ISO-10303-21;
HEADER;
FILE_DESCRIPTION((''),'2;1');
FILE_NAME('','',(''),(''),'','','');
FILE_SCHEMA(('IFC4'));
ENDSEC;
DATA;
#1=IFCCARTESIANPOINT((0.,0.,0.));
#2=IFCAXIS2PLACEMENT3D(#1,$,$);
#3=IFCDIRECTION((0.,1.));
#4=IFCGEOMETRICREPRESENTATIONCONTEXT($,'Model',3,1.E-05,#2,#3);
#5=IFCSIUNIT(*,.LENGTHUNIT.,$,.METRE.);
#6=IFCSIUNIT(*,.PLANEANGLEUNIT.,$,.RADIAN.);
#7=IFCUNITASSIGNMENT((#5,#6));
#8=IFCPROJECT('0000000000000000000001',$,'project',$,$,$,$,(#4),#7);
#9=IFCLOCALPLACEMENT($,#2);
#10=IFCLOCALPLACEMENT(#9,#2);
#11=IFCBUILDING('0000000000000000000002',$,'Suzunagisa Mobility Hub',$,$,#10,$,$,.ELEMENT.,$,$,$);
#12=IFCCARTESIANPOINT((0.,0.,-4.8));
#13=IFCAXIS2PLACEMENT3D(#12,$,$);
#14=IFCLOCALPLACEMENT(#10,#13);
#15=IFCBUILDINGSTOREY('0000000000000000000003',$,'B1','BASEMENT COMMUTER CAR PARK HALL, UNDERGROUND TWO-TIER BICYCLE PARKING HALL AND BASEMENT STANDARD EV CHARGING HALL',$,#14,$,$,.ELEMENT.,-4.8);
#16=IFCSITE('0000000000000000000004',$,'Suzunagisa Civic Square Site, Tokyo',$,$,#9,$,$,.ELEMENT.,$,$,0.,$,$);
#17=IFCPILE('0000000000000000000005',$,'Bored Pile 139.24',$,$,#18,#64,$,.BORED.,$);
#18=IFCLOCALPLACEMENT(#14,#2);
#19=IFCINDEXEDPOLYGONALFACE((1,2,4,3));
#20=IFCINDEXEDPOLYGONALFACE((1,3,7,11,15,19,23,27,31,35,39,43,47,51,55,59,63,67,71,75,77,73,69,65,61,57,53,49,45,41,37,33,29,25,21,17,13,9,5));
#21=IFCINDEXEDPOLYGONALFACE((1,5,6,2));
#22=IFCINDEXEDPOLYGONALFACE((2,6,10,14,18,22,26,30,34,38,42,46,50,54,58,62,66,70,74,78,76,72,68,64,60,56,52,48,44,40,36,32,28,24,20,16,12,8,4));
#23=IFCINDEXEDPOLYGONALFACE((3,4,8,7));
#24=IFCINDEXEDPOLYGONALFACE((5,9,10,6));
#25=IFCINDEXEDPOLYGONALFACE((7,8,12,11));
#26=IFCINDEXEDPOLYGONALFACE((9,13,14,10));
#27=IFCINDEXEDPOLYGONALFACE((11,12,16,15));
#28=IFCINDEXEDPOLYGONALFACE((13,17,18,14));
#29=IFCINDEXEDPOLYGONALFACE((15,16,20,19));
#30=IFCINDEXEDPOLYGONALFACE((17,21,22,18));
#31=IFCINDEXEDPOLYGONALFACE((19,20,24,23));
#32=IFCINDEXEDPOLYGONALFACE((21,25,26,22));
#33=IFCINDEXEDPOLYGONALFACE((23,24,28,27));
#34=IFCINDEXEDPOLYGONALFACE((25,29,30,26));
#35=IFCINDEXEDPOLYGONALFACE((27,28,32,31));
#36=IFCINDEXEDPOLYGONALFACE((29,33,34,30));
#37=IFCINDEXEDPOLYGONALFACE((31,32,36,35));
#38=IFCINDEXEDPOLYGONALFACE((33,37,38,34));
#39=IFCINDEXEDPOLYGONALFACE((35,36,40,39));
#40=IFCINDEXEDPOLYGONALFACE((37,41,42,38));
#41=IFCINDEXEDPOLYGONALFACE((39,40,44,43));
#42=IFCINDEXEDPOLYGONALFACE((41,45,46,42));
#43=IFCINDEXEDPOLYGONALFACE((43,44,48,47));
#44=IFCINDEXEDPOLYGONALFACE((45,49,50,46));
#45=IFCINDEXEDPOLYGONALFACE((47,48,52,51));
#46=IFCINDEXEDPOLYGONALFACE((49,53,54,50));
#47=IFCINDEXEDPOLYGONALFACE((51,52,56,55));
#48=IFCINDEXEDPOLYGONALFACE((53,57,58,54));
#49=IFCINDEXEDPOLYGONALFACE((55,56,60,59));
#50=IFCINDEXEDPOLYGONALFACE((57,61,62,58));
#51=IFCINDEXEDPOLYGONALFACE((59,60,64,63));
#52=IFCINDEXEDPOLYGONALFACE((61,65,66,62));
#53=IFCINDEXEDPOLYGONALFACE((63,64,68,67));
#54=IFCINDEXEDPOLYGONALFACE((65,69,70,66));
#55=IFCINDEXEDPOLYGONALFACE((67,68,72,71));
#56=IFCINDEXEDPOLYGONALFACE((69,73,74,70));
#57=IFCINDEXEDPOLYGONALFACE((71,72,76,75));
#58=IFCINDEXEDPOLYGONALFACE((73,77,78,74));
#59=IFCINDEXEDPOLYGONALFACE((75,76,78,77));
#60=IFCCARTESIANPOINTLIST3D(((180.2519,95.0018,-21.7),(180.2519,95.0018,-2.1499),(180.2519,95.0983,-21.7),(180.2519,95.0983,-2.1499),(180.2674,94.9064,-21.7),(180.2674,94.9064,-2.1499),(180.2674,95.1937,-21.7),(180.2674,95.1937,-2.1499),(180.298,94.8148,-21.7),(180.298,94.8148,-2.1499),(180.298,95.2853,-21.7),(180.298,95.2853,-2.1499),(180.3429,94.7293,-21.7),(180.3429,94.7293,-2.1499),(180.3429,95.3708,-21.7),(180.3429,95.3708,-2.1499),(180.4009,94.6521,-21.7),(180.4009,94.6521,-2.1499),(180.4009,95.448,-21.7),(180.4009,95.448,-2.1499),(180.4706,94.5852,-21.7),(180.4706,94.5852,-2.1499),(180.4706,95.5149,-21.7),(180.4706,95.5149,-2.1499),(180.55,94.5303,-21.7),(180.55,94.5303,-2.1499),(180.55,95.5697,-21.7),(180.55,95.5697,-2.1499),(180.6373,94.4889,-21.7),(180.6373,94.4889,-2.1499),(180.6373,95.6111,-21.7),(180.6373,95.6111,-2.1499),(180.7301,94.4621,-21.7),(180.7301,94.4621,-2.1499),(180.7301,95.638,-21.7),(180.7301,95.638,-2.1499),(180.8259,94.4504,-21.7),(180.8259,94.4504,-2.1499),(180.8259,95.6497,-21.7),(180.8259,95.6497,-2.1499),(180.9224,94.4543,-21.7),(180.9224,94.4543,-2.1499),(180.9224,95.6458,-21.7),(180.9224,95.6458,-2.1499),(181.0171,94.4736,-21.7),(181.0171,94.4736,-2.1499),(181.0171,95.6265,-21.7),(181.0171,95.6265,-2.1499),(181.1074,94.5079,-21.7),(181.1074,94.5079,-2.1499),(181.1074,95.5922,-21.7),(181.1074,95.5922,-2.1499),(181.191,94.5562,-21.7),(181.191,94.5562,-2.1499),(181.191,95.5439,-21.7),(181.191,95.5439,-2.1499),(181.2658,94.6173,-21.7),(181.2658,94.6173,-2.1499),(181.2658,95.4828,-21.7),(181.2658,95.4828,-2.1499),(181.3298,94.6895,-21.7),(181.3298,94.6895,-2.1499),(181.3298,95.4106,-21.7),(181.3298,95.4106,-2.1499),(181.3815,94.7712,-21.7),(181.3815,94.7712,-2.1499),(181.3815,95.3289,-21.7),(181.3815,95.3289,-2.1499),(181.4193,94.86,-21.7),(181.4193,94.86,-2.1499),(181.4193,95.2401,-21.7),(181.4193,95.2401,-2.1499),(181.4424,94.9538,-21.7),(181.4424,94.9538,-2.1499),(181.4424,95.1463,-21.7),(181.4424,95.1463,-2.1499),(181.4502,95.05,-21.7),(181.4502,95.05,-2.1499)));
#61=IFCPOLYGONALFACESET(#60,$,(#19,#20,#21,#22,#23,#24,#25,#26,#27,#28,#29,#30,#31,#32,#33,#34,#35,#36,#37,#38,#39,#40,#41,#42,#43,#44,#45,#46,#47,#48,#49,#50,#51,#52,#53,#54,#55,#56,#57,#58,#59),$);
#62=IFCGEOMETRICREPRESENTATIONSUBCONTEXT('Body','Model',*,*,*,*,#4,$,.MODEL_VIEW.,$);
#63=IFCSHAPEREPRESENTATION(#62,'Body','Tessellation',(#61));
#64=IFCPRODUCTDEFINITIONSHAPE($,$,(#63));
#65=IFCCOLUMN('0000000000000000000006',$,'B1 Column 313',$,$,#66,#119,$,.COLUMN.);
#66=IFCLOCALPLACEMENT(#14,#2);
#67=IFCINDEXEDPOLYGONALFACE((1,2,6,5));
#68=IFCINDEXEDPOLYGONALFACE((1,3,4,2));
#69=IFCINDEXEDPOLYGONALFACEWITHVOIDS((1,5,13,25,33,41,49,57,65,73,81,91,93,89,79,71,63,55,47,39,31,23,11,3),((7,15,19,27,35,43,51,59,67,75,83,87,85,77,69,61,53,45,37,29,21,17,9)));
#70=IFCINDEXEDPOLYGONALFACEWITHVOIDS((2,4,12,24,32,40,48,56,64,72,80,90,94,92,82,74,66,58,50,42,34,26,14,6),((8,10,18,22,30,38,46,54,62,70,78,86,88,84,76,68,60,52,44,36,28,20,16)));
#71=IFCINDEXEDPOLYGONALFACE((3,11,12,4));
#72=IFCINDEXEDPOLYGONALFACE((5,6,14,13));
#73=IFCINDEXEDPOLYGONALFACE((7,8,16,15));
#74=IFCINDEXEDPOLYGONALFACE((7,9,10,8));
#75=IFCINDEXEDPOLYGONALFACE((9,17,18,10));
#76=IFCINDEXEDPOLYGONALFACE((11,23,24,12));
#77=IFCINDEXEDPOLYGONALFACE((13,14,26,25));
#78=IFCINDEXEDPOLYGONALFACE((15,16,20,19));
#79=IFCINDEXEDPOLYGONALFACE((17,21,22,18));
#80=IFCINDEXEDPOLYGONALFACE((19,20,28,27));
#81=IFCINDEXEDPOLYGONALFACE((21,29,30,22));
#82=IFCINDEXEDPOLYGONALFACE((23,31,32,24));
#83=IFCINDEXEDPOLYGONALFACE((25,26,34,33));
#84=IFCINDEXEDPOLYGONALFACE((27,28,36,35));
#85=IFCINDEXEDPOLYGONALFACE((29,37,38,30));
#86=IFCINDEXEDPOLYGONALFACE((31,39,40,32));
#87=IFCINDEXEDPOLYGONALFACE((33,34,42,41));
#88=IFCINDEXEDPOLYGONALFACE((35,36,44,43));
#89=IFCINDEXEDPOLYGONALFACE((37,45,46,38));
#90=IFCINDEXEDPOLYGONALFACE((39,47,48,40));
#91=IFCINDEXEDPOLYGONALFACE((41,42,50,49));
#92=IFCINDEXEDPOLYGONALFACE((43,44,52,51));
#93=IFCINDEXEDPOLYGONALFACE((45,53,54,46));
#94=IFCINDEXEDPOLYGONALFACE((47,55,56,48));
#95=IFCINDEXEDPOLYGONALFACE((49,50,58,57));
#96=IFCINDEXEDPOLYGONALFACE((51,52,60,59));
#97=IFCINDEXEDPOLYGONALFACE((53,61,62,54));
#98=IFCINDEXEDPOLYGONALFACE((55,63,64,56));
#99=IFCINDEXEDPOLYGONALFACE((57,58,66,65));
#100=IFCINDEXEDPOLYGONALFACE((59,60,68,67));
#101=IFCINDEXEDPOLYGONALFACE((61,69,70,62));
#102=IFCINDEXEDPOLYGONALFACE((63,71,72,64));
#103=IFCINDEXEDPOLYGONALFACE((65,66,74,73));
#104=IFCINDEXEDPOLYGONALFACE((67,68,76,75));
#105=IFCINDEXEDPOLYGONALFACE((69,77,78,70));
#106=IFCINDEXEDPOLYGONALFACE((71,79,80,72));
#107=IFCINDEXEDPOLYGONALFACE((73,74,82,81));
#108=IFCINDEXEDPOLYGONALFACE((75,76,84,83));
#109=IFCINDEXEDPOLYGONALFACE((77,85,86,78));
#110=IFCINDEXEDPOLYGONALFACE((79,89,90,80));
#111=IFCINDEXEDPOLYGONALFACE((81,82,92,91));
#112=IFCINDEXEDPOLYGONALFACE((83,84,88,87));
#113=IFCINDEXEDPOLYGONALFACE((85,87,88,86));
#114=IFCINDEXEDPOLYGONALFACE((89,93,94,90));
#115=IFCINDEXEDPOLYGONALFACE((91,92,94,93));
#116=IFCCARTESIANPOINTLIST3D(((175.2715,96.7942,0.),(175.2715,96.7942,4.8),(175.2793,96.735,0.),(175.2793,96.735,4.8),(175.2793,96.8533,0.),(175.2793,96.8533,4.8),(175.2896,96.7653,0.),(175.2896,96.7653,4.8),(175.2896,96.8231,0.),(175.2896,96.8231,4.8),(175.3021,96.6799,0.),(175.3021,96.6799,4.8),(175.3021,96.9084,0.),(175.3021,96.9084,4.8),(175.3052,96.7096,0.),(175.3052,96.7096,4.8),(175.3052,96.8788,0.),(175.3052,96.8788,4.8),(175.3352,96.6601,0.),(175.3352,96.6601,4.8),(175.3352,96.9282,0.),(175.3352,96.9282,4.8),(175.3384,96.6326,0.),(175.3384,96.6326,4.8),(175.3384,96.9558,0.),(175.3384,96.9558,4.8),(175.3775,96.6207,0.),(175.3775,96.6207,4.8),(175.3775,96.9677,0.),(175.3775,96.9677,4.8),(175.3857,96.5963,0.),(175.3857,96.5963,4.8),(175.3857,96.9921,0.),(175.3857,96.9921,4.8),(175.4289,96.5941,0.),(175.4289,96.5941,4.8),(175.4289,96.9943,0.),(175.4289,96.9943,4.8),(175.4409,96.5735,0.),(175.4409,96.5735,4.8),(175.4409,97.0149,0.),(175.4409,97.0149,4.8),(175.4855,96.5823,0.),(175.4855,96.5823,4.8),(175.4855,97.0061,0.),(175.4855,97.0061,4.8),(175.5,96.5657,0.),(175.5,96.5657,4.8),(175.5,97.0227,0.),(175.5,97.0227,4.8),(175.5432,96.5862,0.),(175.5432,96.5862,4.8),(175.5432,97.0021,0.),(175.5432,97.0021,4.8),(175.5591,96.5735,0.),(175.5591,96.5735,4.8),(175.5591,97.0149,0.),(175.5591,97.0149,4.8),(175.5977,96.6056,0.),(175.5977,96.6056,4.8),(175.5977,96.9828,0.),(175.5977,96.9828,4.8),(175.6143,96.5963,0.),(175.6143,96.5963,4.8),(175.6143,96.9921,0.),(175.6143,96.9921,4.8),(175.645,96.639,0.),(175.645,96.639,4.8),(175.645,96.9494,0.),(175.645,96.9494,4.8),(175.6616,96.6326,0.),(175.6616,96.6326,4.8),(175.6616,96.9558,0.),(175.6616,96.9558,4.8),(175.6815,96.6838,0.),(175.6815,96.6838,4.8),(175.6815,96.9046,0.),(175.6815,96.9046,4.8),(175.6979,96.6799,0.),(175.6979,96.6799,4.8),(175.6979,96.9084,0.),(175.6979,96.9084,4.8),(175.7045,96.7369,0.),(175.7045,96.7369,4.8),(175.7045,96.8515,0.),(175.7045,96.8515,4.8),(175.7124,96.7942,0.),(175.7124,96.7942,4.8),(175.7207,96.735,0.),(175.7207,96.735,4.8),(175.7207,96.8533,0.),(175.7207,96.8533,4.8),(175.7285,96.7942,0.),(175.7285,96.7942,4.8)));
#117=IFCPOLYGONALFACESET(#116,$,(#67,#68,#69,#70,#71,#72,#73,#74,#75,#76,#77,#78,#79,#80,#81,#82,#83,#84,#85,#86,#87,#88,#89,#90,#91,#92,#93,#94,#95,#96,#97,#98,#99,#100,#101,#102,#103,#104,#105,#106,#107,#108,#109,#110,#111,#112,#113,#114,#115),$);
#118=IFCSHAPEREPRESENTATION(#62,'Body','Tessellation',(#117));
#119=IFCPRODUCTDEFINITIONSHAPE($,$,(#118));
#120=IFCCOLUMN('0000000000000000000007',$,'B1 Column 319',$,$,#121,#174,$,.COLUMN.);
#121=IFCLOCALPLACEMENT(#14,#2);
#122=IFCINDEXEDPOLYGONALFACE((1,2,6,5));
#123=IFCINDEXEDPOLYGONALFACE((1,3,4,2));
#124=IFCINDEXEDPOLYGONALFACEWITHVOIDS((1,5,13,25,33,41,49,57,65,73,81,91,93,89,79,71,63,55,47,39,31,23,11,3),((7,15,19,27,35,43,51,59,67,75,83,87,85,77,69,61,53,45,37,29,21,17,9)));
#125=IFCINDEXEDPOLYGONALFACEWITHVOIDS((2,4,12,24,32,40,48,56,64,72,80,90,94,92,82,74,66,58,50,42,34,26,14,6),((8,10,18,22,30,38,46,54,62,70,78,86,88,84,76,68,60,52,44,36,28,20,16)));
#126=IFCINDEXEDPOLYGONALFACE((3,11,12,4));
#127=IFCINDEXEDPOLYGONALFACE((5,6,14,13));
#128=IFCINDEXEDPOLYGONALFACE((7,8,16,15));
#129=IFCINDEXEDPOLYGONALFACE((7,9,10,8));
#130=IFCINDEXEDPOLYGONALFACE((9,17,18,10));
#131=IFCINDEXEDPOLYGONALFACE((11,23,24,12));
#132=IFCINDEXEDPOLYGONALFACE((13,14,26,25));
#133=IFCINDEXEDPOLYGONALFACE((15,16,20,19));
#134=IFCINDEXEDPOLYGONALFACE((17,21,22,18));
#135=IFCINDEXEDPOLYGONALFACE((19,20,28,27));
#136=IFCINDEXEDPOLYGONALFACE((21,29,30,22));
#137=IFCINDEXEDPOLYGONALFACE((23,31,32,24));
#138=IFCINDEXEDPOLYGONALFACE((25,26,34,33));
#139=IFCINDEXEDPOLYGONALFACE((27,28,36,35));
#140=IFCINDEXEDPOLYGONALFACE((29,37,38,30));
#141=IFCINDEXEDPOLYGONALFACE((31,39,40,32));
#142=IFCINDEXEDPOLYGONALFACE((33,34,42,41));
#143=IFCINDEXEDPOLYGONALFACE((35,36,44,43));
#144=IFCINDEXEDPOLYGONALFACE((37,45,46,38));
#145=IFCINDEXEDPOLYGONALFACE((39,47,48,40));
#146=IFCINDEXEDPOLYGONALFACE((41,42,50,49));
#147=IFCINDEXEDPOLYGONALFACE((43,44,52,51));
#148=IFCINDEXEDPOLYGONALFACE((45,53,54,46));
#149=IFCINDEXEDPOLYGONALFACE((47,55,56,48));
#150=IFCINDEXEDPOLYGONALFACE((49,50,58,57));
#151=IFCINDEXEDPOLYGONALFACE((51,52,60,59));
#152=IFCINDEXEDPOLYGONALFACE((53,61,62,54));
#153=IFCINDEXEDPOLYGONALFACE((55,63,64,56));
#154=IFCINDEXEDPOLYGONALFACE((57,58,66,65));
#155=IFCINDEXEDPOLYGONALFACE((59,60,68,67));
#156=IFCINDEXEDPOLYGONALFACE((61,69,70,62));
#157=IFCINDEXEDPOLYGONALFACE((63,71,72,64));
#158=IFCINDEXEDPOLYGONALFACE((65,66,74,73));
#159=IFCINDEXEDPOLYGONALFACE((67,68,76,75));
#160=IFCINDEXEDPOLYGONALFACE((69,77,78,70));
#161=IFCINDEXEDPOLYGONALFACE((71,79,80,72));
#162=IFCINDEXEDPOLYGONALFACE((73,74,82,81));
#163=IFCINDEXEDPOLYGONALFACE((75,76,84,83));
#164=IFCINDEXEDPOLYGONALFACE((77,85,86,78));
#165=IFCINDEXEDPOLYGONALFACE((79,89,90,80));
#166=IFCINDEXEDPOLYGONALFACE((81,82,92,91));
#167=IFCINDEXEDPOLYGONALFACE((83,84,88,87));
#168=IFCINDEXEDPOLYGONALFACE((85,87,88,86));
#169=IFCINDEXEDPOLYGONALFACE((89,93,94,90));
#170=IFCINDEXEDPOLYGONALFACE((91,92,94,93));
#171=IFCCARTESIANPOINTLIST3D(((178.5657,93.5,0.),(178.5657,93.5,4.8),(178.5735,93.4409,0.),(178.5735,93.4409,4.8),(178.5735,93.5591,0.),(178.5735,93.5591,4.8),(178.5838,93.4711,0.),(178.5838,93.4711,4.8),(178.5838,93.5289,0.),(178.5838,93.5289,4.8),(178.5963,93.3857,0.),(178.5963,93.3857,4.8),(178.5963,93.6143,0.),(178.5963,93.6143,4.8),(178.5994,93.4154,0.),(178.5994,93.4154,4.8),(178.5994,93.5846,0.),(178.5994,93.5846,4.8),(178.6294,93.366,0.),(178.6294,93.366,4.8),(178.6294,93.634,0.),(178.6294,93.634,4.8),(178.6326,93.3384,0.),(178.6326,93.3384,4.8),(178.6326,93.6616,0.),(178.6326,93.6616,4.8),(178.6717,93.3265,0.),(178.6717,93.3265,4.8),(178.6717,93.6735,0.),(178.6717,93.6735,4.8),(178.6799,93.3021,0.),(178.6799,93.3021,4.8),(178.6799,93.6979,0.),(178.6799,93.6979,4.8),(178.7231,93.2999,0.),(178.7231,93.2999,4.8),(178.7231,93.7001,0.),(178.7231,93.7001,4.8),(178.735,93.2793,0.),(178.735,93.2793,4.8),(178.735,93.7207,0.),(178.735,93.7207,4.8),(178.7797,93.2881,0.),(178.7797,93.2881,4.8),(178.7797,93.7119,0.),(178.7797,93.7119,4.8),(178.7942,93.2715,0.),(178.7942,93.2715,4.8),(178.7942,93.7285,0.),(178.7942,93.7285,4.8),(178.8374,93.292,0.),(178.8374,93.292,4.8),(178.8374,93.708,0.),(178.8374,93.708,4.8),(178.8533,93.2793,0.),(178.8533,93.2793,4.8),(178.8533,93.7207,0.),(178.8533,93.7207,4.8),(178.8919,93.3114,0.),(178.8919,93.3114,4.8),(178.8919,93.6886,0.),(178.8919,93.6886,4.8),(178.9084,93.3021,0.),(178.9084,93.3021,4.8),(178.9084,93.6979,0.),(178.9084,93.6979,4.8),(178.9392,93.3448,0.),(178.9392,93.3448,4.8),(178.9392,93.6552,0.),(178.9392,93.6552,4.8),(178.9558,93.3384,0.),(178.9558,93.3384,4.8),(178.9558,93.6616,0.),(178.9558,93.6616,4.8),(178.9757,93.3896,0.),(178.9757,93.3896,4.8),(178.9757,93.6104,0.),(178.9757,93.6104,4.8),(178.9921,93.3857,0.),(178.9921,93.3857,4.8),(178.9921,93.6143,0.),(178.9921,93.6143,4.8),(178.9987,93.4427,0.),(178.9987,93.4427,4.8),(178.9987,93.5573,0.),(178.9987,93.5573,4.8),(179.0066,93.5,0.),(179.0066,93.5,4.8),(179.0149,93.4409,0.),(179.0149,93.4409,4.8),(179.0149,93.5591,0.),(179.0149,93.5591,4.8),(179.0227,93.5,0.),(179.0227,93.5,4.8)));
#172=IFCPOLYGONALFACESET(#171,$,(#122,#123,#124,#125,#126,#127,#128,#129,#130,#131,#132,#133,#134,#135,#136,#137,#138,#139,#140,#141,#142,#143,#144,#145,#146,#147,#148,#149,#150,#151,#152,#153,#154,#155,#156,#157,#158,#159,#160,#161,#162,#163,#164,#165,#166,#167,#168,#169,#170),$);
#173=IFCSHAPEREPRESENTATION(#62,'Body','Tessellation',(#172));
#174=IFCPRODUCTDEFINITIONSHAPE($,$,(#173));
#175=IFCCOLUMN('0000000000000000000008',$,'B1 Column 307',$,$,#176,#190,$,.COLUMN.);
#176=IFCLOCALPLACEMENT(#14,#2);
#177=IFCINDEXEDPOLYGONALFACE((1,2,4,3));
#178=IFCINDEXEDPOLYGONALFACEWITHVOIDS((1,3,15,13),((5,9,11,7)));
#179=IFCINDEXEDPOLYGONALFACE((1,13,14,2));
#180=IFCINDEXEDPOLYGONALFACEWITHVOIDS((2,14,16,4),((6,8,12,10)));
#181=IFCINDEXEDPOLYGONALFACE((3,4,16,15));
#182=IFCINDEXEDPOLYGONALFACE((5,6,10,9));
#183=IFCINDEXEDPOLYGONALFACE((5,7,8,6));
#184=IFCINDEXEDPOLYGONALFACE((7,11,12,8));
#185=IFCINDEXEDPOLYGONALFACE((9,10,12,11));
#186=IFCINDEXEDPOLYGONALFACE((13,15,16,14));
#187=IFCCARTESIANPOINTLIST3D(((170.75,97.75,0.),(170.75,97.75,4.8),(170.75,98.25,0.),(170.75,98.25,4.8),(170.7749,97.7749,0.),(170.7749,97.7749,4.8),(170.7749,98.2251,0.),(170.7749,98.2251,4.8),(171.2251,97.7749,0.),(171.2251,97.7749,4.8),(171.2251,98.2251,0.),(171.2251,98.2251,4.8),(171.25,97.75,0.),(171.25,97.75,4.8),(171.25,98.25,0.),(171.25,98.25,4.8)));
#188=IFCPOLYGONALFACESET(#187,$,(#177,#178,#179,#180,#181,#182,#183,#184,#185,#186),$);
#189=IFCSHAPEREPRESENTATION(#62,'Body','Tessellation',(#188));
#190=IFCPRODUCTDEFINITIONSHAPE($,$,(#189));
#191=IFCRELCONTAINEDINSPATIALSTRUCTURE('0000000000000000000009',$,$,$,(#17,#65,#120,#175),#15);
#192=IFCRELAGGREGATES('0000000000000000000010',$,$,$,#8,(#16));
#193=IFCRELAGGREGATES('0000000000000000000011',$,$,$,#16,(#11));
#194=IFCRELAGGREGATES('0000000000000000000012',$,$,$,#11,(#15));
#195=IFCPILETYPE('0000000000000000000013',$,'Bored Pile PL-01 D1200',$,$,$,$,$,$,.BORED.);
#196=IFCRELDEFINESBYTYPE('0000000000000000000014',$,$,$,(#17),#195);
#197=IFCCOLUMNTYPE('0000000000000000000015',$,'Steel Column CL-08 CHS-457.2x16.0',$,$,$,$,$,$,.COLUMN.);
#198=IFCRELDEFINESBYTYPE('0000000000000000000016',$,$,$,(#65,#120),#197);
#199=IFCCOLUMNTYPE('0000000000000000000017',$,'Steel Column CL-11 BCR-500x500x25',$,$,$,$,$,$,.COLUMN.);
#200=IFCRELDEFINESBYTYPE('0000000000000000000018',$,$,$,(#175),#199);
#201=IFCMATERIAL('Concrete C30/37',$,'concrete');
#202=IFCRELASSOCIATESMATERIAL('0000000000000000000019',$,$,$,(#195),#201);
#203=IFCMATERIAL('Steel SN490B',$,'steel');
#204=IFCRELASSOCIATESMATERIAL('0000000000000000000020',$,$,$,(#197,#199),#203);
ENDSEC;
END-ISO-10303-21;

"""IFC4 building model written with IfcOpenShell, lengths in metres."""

from ifc_helpers import new_model, si_unit, direction, frame, origin, origin_2d, place, context, subcontext, project, spatial, hollow_rectangle, circle, hollow_circle, extrude, material, material_profile, profile_set, type_object, element, save


model = new_model("IFC4")

# Units and contexts
model_context = context("Model", 3, precision=1e-05, world=origin(), true_north=direction((0.0, 1.0)))
body_context = subcontext(model_context, "Body", "Model", "MODEL_VIEW")
ifc_project = project(units=[si_unit("LENGTHUNIT", "METRE"), si_unit("PLANEANGLEUNIT", "RADIAN")], contexts=[model_context])

# Site, building, storey
site_placement = place(None, origin())
site = spatial("IfcSite", under=ifc_project, at=site_placement, Name="Suzunagisa Civic Square Site, Tokyo", CompositionType="ELEMENT", RefElevation=0.0)
building_placement = place(site_placement, origin())
building = spatial("IfcBuilding", under=site, at=building_placement, Name="Suzunagisa Mobility Hub", CompositionType="ELEMENT")
storey_placement = place(building_placement, frame((0.0, 0.0, -4.8)))
storey = spatial("IfcBuildingStorey", under=building, at=storey_placement, Name="B1", Description="BASEMENT COMMUTER CAR PARK HALL, UNDERGROUND TWO-TIER BICYCLE PARKING HALL AND BASEMENT STANDARD EV CHARGING HALL", CompositionType="ELEMENT", Elevation=-4.8)

# Pile
ifc_material_1 = material(Name="Concrete C30/37", Category="concrete")
ifc_material_profile_1 = material_profile(ifc_material_1, circle(Radius=0.6001, at=origin_2d()), Name="BORED PILE D1200")
ifc_profile_set_1 = profile_set([ifc_material_profile_1], Name="Concrete C30/37")
pile_type = type_object("IfcPileType", Name="Bored Pile PL-01 D1200", PredefinedType="BORED", material=ifc_profile_set_1)
for number, where, z_axis, x_axis, name in (
    (1, (180.8501, 95.05, -2.1499), (0.0, 0.0, -1.0), (1.0, 0.0, 0.0), "Bored Pile 139.24"),
):
    element("IfcPile", number, at=place(storey_placement, frame(where, z_axis=z_axis, x_axis=x_axis)), inside=storey, type_object=pile_type, Name=name, PredefinedType="BORED", context=body_context, shape_type="SweptSolid", body=[
        extrude(circle(Radius=0.6001, at=origin_2d()), origin(), (0.0, 0.0, 1.0), 19.55),
    ])

# Columns
ifc_material_2 = material(Name="Steel SN490B", Category="steel")
ifc_material_profile_2 = material_profile(ifc_material_2, hollow_circle(Radius=0.2285, WallThickness=0.0161, at=origin_2d()), Name="CHS-457.2x16.0")
ifc_profile_set_2 = profile_set([ifc_material_profile_2], Name="Steel SN490B")
column_type_1 = type_object("IfcColumnType", Name="Steel Column CL-08 CHS-457.2x16.0", PredefinedType="COLUMN", material=ifc_profile_set_2)
for number, where, z_axis, x_axis, name in (
    (2, (175.5, 96.7942, 0.0), (0.0, 0.0, 1.0), (1.0, 0.0, 0.0), "B1 Column 313"),
    (3, (178.7942, 93.5, 0.0), (0.0, 0.0, 1.0), (1.0, 0.0, 0.0), "B1 Column 319"),
):
    element("IfcColumn", number, at=place(storey_placement, frame(where, z_axis=z_axis, x_axis=x_axis)), inside=storey, type_object=column_type_1, Name=name, PredefinedType="COLUMN", context=body_context, shape_type="SweptSolid", body=[
        extrude(hollow_circle(Radius=0.2285, WallThickness=0.0161, at=origin_2d()), origin(), (0.0, 0.0, 1.0), 4.8),
    ])
ifc_material_profile_3 = material_profile(ifc_material_2, hollow_rectangle(XDim=0.5, YDim=0.5, WallThickness=0.0249, at=origin_2d()), Name="BCR-500x500x25")
ifc_profile_set_3 = profile_set([ifc_material_profile_3], Name="Steel SN490B")
column_type_2 = type_object("IfcColumnType", Name="Steel Column CL-11 BCR-500x500x25", PredefinedType="COLUMN", material=ifc_profile_set_3)
for number, where, z_axis, x_axis, name in (
    (4, (171.0, 98.0, 0.0), (0.0, 0.0, 1.0), (1.0, 0.0, 0.0), "B1 Column 307"),
):
    element("IfcColumn", number, at=place(storey_placement, frame(where, z_axis=z_axis, x_axis=x_axis)), inside=storey, type_object=column_type_2, Name=name, PredefinedType="COLUMN", context=body_context, shape_type="SweptSolid", body=[
        extrude(hollow_rectangle(XDim=0.5, YDim=0.5, WallThickness=0.0249, at=origin_2d()), origin(), (0.0, 0.0, 1.0), 4.8),
    ])

save(model, "model.ifc")
